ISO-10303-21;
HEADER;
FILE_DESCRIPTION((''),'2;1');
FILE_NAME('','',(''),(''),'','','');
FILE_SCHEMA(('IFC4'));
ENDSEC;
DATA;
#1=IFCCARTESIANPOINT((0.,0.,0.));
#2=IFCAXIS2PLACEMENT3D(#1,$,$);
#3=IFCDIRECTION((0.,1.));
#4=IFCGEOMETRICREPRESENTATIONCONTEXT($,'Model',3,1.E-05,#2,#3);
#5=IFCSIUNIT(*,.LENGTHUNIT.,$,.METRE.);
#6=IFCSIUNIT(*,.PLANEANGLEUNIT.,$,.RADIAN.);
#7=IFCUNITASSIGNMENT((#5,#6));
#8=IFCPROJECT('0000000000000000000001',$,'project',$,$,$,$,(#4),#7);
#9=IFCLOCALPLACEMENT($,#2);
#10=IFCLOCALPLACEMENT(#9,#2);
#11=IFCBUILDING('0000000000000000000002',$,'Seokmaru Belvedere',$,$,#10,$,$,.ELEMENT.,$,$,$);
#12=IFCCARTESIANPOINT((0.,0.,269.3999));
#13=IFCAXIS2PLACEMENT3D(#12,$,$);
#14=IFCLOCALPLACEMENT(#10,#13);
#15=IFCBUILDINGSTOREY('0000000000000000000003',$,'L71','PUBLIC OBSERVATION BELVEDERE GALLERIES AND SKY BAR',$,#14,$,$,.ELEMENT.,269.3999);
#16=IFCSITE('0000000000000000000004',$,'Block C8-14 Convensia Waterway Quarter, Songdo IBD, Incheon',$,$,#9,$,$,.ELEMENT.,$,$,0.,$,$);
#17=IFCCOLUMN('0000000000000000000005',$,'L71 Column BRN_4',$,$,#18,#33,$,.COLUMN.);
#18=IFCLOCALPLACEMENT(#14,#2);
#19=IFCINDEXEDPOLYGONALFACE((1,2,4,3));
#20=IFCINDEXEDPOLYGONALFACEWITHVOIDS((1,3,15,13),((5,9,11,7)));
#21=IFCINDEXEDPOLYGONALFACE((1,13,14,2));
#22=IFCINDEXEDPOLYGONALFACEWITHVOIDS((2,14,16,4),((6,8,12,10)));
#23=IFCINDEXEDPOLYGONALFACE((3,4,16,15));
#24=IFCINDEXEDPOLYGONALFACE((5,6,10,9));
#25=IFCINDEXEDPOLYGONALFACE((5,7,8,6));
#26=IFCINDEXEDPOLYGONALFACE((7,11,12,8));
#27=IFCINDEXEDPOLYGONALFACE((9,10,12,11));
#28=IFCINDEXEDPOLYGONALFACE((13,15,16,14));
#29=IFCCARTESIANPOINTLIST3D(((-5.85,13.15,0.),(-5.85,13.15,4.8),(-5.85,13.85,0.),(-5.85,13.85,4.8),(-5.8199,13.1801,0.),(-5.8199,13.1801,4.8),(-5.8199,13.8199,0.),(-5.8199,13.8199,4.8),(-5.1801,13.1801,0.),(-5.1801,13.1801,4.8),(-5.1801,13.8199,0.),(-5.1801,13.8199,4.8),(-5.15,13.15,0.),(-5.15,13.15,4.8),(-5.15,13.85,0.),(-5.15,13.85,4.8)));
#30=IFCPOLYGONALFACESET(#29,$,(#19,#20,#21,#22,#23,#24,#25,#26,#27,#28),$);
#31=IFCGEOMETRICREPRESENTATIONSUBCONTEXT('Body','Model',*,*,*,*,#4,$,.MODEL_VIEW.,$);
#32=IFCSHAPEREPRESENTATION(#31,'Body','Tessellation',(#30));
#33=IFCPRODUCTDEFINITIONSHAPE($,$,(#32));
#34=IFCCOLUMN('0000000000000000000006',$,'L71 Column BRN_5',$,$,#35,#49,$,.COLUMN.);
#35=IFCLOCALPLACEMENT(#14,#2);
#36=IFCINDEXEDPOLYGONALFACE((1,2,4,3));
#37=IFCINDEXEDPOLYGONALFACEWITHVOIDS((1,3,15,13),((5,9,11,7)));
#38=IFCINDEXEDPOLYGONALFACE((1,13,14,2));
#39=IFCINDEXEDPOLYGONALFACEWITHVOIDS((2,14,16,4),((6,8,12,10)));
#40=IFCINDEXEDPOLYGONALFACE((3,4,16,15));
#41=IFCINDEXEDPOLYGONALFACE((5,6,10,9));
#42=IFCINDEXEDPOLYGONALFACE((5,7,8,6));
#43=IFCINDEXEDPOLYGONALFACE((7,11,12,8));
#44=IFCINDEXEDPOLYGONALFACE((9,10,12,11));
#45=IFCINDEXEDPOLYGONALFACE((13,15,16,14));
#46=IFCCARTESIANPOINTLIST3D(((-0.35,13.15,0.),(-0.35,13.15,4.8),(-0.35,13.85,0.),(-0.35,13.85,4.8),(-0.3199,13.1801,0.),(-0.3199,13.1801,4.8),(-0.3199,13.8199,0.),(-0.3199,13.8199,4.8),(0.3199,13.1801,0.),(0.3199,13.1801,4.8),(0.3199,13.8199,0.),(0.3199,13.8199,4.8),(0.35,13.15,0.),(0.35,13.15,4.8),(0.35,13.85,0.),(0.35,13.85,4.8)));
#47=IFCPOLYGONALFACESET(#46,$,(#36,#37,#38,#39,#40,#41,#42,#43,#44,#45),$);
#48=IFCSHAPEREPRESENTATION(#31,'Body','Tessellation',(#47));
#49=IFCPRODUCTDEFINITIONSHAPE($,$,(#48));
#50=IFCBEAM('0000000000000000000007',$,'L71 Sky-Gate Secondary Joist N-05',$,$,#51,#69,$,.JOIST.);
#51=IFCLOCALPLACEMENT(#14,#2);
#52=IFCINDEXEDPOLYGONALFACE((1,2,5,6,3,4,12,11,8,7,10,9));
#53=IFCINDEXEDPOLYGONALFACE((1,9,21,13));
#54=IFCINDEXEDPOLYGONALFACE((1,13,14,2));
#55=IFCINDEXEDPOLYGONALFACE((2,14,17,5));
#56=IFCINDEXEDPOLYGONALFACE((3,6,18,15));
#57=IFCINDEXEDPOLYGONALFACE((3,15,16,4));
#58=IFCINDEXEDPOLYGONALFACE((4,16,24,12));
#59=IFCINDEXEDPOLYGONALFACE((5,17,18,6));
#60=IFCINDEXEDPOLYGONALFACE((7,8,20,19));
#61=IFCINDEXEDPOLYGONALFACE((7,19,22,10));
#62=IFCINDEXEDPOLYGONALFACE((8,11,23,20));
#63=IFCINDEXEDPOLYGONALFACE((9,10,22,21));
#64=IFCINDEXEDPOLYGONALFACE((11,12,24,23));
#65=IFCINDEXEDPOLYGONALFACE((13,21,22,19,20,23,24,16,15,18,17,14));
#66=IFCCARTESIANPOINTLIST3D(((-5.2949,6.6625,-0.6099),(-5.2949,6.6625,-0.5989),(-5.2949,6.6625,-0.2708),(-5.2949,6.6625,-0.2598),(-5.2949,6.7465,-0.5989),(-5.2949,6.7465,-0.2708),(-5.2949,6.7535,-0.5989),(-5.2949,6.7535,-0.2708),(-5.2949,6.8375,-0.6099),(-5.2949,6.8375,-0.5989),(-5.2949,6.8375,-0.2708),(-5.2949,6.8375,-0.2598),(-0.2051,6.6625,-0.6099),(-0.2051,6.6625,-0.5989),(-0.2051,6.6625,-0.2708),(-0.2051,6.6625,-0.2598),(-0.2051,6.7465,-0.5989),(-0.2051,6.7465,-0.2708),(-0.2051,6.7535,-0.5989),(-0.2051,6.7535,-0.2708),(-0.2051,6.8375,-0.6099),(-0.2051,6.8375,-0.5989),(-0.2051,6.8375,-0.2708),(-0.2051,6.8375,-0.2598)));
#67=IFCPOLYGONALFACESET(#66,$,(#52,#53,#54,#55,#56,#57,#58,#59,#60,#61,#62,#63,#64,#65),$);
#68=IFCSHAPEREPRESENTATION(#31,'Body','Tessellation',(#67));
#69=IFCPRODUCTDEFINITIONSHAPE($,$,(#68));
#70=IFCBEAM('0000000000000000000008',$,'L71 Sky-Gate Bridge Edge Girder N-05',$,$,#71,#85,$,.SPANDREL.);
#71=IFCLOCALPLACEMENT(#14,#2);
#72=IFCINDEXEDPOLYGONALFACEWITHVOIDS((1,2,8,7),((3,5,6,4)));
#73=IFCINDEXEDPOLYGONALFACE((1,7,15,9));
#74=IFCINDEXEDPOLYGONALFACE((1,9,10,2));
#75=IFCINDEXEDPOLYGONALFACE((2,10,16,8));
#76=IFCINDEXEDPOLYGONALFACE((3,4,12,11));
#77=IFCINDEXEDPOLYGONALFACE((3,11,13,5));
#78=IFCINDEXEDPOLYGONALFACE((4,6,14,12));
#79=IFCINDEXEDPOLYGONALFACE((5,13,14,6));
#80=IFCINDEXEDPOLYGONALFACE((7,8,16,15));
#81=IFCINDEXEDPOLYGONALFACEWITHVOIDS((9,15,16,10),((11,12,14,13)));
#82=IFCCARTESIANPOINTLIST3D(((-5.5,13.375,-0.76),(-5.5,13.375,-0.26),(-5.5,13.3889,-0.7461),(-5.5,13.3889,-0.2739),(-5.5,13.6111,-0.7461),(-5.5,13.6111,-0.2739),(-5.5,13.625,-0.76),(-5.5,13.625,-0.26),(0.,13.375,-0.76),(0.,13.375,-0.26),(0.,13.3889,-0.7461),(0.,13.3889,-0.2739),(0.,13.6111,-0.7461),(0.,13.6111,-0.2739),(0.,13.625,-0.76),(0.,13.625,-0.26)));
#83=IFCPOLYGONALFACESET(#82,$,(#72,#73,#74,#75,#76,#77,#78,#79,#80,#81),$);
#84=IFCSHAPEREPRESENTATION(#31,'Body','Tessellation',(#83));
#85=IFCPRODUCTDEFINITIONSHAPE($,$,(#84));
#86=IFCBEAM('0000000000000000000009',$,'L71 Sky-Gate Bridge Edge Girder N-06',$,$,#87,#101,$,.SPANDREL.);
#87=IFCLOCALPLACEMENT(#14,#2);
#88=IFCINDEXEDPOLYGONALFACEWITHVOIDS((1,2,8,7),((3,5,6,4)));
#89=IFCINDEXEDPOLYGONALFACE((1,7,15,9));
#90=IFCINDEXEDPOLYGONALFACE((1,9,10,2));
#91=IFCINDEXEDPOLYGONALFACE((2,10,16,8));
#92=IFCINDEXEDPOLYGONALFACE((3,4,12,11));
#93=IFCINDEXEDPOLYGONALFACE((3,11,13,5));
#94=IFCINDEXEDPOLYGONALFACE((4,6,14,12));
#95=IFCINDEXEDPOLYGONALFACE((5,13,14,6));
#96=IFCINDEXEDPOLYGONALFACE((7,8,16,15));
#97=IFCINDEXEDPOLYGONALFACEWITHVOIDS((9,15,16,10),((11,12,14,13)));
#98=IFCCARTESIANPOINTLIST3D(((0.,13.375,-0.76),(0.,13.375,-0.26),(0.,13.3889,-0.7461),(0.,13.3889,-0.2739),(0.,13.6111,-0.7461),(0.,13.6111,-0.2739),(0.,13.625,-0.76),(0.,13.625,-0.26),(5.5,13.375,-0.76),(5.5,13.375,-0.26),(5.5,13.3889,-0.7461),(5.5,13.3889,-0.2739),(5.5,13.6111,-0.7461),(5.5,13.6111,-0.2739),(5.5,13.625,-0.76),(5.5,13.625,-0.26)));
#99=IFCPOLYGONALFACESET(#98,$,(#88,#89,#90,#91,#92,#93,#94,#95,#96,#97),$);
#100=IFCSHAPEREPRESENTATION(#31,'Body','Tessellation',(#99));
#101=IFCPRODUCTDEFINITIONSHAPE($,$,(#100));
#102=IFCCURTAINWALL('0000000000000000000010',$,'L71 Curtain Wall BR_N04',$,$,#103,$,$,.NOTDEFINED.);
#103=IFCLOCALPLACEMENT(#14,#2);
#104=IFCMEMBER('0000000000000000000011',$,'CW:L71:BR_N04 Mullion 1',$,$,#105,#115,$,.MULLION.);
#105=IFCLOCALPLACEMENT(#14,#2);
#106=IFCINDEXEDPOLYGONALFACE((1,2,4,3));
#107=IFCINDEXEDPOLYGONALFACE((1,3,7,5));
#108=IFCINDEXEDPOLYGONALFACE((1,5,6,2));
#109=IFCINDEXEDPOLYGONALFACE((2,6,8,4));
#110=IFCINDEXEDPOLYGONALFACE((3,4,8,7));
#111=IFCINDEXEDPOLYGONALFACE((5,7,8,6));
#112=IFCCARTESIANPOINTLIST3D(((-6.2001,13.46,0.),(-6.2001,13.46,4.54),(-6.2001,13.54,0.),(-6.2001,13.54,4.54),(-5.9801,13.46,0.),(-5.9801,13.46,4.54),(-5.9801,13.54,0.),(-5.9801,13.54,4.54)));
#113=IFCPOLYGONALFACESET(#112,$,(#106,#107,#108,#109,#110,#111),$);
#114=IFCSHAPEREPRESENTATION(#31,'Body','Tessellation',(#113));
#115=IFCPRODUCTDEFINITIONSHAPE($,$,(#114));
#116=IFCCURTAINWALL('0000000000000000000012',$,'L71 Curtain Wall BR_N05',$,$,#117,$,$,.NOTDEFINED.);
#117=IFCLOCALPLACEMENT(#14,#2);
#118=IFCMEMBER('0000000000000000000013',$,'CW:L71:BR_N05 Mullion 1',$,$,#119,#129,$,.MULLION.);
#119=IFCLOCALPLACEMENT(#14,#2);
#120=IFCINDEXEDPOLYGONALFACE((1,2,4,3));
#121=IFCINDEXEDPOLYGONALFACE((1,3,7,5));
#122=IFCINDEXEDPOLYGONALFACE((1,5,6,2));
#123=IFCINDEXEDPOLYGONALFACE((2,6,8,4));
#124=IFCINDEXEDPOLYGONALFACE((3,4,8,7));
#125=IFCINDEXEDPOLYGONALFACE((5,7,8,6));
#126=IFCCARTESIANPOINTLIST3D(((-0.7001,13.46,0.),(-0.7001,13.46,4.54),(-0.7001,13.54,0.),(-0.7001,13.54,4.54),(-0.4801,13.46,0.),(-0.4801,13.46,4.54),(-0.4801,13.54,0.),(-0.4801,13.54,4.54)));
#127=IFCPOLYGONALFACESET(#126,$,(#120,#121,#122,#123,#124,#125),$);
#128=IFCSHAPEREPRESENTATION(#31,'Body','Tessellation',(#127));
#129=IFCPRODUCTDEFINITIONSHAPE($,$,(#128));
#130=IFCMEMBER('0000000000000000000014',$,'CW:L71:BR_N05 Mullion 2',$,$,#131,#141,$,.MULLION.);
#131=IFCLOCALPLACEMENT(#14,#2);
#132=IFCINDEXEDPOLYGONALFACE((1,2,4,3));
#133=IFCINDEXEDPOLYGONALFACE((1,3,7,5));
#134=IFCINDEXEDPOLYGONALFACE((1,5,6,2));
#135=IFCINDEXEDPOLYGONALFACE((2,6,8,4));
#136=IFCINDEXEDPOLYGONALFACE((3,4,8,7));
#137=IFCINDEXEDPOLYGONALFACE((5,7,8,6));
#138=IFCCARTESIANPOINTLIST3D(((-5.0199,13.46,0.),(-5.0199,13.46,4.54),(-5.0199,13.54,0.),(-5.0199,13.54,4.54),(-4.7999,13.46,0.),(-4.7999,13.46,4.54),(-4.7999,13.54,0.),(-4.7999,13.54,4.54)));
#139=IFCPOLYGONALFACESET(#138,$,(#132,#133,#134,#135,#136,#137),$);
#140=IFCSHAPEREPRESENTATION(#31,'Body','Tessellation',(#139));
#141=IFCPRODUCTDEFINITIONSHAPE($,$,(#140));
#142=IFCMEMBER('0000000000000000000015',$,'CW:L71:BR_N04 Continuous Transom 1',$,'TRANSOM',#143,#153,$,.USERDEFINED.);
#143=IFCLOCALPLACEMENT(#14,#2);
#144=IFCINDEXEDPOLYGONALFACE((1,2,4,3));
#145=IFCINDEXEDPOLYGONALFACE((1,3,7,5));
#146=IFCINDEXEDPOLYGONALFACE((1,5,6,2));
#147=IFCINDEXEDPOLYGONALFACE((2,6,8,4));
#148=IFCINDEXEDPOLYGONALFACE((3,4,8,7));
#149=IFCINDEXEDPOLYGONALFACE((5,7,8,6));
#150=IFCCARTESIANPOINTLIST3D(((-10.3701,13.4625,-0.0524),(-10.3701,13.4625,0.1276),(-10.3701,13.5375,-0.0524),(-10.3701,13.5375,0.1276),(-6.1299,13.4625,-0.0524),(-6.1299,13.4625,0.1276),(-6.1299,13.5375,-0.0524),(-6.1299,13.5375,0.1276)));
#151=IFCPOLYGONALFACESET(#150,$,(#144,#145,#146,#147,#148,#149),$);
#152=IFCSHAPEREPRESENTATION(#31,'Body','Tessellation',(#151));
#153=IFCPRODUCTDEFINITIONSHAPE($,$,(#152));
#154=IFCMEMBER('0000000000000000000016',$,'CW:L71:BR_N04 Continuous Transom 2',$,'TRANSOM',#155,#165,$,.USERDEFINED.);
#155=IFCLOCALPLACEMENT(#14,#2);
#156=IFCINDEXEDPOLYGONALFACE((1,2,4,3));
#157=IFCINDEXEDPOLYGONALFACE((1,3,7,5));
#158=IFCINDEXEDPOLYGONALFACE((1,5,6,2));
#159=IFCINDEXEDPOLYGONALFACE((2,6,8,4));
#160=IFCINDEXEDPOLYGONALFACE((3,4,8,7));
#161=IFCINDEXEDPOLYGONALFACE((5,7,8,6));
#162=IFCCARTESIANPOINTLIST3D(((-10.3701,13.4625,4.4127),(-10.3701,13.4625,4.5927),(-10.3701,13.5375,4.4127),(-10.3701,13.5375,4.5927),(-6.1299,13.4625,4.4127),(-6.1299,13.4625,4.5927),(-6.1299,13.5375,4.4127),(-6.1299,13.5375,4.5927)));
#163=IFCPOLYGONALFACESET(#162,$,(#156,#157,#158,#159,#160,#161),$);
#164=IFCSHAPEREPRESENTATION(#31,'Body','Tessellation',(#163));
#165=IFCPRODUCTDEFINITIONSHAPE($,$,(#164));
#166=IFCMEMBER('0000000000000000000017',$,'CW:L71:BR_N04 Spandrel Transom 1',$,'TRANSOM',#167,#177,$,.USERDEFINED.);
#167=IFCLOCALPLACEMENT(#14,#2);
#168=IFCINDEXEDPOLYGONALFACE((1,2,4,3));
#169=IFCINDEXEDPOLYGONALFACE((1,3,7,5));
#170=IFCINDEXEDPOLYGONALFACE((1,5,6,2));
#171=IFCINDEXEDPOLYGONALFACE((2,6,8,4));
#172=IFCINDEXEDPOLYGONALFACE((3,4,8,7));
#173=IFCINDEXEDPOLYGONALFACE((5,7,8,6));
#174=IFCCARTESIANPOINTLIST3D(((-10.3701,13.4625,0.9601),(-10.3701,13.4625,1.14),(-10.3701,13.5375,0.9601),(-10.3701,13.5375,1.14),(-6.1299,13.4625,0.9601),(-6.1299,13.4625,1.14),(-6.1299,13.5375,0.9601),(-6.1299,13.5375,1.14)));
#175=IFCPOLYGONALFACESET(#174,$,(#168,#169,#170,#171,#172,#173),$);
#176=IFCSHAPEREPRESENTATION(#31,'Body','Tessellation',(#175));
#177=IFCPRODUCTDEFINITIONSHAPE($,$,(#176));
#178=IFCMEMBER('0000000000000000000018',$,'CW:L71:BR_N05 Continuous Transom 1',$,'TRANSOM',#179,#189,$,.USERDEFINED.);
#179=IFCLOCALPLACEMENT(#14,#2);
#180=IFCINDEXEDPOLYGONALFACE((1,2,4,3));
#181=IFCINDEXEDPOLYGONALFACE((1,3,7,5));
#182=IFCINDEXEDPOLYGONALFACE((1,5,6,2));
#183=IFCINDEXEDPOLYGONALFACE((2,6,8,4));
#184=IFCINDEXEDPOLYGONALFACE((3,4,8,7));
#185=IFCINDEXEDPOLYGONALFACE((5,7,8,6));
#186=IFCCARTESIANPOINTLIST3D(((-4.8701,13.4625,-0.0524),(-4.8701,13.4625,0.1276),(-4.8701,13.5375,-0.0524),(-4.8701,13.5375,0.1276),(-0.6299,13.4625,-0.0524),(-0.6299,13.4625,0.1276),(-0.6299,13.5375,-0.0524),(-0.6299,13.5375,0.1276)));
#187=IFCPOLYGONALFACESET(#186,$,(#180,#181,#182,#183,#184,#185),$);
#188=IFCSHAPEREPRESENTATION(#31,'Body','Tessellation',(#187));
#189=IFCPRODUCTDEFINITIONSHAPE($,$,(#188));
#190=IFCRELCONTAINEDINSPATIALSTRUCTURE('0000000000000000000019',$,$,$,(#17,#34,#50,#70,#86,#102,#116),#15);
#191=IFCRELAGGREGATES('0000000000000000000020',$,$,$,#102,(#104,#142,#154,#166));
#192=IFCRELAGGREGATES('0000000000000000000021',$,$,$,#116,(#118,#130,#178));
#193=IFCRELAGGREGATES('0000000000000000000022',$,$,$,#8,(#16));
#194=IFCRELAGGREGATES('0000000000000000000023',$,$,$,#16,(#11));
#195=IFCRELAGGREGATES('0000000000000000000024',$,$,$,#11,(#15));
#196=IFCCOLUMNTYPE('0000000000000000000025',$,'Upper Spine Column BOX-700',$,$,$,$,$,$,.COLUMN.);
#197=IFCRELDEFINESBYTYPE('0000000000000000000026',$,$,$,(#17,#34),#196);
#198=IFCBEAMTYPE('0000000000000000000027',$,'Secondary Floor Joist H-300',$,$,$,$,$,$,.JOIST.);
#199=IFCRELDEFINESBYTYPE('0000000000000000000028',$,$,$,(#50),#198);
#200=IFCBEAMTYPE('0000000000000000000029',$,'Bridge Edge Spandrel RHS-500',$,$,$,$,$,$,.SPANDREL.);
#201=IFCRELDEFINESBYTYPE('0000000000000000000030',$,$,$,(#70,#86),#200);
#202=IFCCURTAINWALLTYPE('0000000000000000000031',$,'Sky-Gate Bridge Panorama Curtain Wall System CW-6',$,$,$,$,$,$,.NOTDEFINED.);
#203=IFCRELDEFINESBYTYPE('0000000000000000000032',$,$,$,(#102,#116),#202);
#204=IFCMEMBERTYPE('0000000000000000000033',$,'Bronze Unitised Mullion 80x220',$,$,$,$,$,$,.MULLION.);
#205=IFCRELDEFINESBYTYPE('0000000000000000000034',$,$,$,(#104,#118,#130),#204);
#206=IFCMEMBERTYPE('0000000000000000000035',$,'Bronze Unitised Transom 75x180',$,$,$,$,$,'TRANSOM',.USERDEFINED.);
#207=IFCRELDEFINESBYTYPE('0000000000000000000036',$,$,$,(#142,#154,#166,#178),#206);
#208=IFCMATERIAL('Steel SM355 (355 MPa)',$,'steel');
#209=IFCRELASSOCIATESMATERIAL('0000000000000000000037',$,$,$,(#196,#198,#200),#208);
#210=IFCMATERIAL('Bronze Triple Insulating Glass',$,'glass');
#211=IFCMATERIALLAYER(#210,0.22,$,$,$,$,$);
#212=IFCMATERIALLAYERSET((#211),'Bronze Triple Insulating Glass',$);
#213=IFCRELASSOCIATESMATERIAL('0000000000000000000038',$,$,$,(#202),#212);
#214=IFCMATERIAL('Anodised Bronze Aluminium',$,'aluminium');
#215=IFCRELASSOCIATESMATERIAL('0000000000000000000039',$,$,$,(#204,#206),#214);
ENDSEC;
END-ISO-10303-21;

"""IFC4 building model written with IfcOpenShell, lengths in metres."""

from ifc_helpers import new_model, si_unit, direction, frame, origin, origin_2d, place, context, subcontext, project, spatial, rectangle, hollow_rectangle, i_section, extrude, source, transform, mapped, material, layer, layer_set, material_profile, profile_set, type_object, type_shapes, element, aggregate, save


model = new_model("IFC4")

# Units and contexts
model_context = context("Model", 3, precision=1e-05, world=origin(), true_north=direction((0.0, 1.0)))
body_context = subcontext(model_context, "Body", "Model", "MODEL_VIEW")
ifc_project = project(units=[si_unit("LENGTHUNIT", "METRE"), si_unit("PLANEANGLEUNIT", "RADIAN")], contexts=[model_context])

# Site, building, storey
site_placement = place(None, origin())
site = spatial("IfcSite", under=ifc_project, at=site_placement, Name="Block C8-14 Convensia Waterway Quarter, Songdo IBD, Incheon", CompositionType="ELEMENT", RefElevation=0.0)
building_placement = place(site_placement, origin())
building = spatial("IfcBuilding", under=site, at=building_placement, Name="Seokmaru Belvedere", CompositionType="ELEMENT")
storey_placement = place(building_placement, frame((0.0, 0.0, 269.3999)))
storey = spatial("IfcBuildingStorey", under=building, at=storey_placement, Name="L71", Description="PUBLIC OBSERVATION BELVEDERE GALLERIES AND SKY BAR", CompositionType="ELEMENT", Elevation=269.3999)

# Columns
ifc_material_1 = material(Name="Steel SM355 (355 MPa)", Category="steel")
ifc_material_profile_1 = material_profile(ifc_material_1, hollow_rectangle(XDim=0.7, YDim=0.7, WallThickness=0.03, at=origin_2d()), Name="BOX-700x700x30")
ifc_profile_set_1 = profile_set([ifc_material_profile_1], Name="Steel SM355 (355 MPa)")
column_type = type_object("IfcColumnType", Name="Upper Spine Column BOX-700", PredefinedType="COLUMN", material=ifc_profile_set_1)
shared_shape_1 = source(origin(), body_context, "Body", "SweptSolid", [
    extrude(hollow_rectangle(XDim=0.7, YDim=0.7, WallThickness=0.03, at=origin_2d()), origin(), (0.0, 0.0, 1.0), 4.8),
])
type_shapes(column_type, [shared_shape_1])
for number, where, z_axis, x_axis, name in (
    (1, (-5.5, 13.5, 0.0), (0.0, 0.0, 1.0), (1.0, 0.0, 0.0), "L71 Column BRN_4"),
    (2, (0.0, 13.5, 0.0), (0.0, 0.0, 1.0), (1.0, 0.0, 0.0), "L71 Column BRN_5"),
):
    element("IfcColumn", number, at=place(storey_placement, frame(where, z_axis=z_axis, x_axis=x_axis)), inside=storey, type_object=column_type, Name=name, PredefinedType="COLUMN", context=body_context, shape_type="MappedRepresentation", body=[
        mapped(shared_shape_1, transform((0.0, 0.0, 0.0), scale=1.0)),
    ])

# Beams
ifc_material_profile_2 = material_profile(ifc_material_1, i_section(OverallWidth=0.175, OverallDepth=0.3501, WebThickness=0.0071, FlangeThickness=0.011, at=origin_2d()), Name="H-350x175x7x11")
ifc_profile_set_2 = profile_set([ifc_material_profile_2], Name="Steel SM355 (355 MPa)")
beam_type_1 = type_object("IfcBeamType", Name="Secondary Floor Joist H-300", PredefinedType="JOIST", material=ifc_profile_set_2)
shared_shape_2 = source(origin(), body_context, "Body", "SweptSolid", [
    extrude(i_section(OverallWidth=0.175, OverallDepth=0.3501, WebThickness=0.0071, FlangeThickness=0.011, at=origin_2d()), origin(), (0.0, 0.0, 1.0), 5.0898),
])
type_shapes(beam_type_1, [shared_shape_2])
beam_placement = place(storey_placement, frame((-5.2949, 6.75, -0.4348), z_axis=(1.0, 0.0, 0.0), x_axis=(0.0, 1.0, 0.0)))
element("IfcBeam", 3, at=beam_placement, inside=storey, type_object=beam_type_1, Name="L71 Sky-Gate Secondary Joist N-05", PredefinedType="JOIST", context=body_context, shape_type="MappedRepresentation", body=[
    mapped(shared_shape_2, transform((0.0, 0.0, 0.0), scale=1.0)),
])
ifc_material_profile_3 = material_profile(ifc_material_1, hollow_rectangle(XDim=0.25, YDim=0.5, WallThickness=0.0139, at=origin_2d()), Name="RHS-500x250x14")
ifc_profile_set_3 = profile_set([ifc_material_profile_3], Name="Steel SM355 (355 MPa)")
beam_type_2 = type_object("IfcBeamType", Name="Bridge Edge Spandrel RHS-500", PredefinedType="SPANDREL", material=ifc_profile_set_3)
shared_shape_3 = source(origin(), body_context, "Body", "SweptSolid", [
    extrude(hollow_rectangle(XDim=0.25, YDim=0.5, WallThickness=0.0139, at=origin_2d()), origin(), (0.0, 0.0, 1.0), 5.5),
])
type_shapes(beam_type_2, [shared_shape_3])
for number, where, z_axis, x_axis, name in (
    (4, (-5.5, 13.5, -0.51), (1.0, 0.0, 0.0), (0.0, 1.0, 0.0), "L71 Sky-Gate Bridge Edge Girder N-05"),
    (5, (0.0, 13.5, -0.51), (1.0, 0.0, 0.0), (0.0, 1.0, 0.0), "L71 Sky-Gate Bridge Edge Girder N-06"),
):
    element("IfcBeam", number, at=place(storey_placement, frame(where, z_axis=z_axis, x_axis=x_axis)), inside=storey, type_object=beam_type_2, Name=name, PredefinedType="SPANDREL", context=body_context, shape_type="MappedRepresentation", body=[
        mapped(shared_shape_3, transform((0.0, 0.0, 0.0), scale=1.0)),
    ])

# Curtain wall, member
ifc_material_2 = material(Name="Bronze Triple Insulating Glass", Category="glass")
ifc_layer_1 = layer(ifc_material_2, 0.22)
ifc_layer_set_1 = layer_set([ifc_layer_1], Name="Bronze Triple Insulating Glass")
curtain_wall_type = type_object("IfcCurtainWallType", Name="Sky-Gate Bridge Panorama Curtain Wall System CW-6", PredefinedType="NOTDEFINED", material=ifc_layer_set_1)
curtain_wall_1_placement = place(storey_placement, origin())
curtain_wall_1 = element("IfcCurtainWall", 6, at=curtain_wall_1_placement, inside=storey, type_object=curtain_wall_type, Name="L71 Curtain Wall BR_N04", PredefinedType="NOTDEFINED")
ifc_material_3 = material(Name="Anodised Bronze Aluminium", Category="aluminium")
ifc_material_profile_4 = material_profile(ifc_material_3, rectangle(XDim=0.0801, YDim=0.22, at=origin_2d()), Name="CW-M-80x220")
ifc_profile_set_4 = profile_set([ifc_material_profile_4], Name="Anodised Bronze Aluminium")
member_type_1 = type_object("IfcMemberType", Name="Bronze Unitised Mullion 80x220", PredefinedType="MULLION", material=ifc_profile_set_4)
shared_shape_4 = source(origin(), body_context, "Body", "SweptSolid", [
    extrude(rectangle(XDim=0.0801, YDim=0.22, at=origin_2d()), origin(), (0.0, 0.0, 1.0), 4.54),
])
type_shapes(member_type_1, [shared_shape_4])
member_1_placement = place(storey_placement, frame((-6.0901, 13.5, 0.0), z_axis=(0.0, 0.0, 1.0), x_axis=(0.0, -1.0, 0.0)))
member_1 = element("IfcMember", 7, at=member_1_placement, type_object=member_type_1, Name="CW:L71:BR_N04 Mullion 1", PredefinedType="MULLION", context=body_context, shape_type="MappedRepresentation", body=[
    mapped(shared_shape_4, transform((0.0, 0.0, 0.0), scale=1.0)),
])

# Curtain wall, members
curtain_wall_2_placement = place(storey_placement, origin())
curtain_wall_2 = element("IfcCurtainWall", 8, at=curtain_wall_2_placement, inside=storey, type_object=curtain_wall_type, Name="L71 Curtain Wall BR_N05", PredefinedType="NOTDEFINED")
member_2_placement = place(storey_placement, frame((-0.5901, 13.5, 0.0), z_axis=(0.0, 0.0, 1.0), x_axis=(0.0, -1.0, 0.0)))
member_2 = element("IfcMember", 9, at=member_2_placement, type_object=member_type_1, Name="CW:L71:BR_N05 Mullion 1", PredefinedType="MULLION", context=body_context, shape_type="MappedRepresentation", body=[
    mapped(shared_shape_4, transform((0.0, 0.0, 0.0), scale=1.0)),
])
member_3_placement = place(storey_placement, frame((-4.9099, 13.5, 0.0), z_axis=(0.0, 0.0, 1.0), x_axis=(0.0, -1.0, 0.0)))
member_3 = element("IfcMember", 10, at=member_3_placement, type_object=member_type_1, Name="CW:L71:BR_N05 Mullion 2", PredefinedType="MULLION", context=body_context, shape_type="MappedRepresentation", body=[
    mapped(shared_shape_4, transform((0.0, 0.0, 0.0), scale=1.0)),
])

# Members
ifc_material_profile_5 = material_profile(ifc_material_3, rectangle(XDim=0.075, YDim=0.1799, at=origin_2d()), Name="CW-T-75x180")
ifc_profile_set_5 = profile_set([ifc_material_profile_5], Name="Anodised Bronze Aluminium")
member_type_2 = type_object("IfcMemberType", Name="Bronze Unitised Transom 75x180", ElementType="TRANSOM", PredefinedType="USERDEFINED", material=ifc_profile_set_5)
shared_shape_5 = source(origin(), body_context, "Body", "SweptSolid", [
    extrude(rectangle(XDim=0.075, YDim=0.1799, at=origin_2d()), origin(), (0.0, 0.0, 1.0), 4.2402),
])
type_shapes(member_type_2, [shared_shape_5])
member_4_placement = place(storey_placement, frame((-6.1299, 13.5, 0.0376), z_axis=(-1.0, 0.0, 0.0), x_axis=(0.0, -1.0, 0.0)))
member_4 = element("IfcMember", 11, at=member_4_placement, type_object=member_type_2, Name="CW:L71:BR_N04 Continuous Transom 1", ObjectType="TRANSOM", PredefinedType="USERDEFINED", context=body_context, shape_type="MappedRepresentation", body=[
    mapped(shared_shape_5, transform((0.0, 0.0, 0.0), scale=1.0)),
])
member_5_placement = place(storey_placement, frame((-6.1299, 13.5, 4.5027), z_axis=(-1.0, 0.0, 0.0), x_axis=(0.0, -1.0, 0.0)))
member_5 = element("IfcMember", 12, at=member_5_placement, type_object=member_type_2, Name="CW:L71:BR_N04 Continuous Transom 2", ObjectType="TRANSOM", PredefinedType="USERDEFINED", context=body_context, shape_type="MappedRepresentation", body=[
    mapped(shared_shape_5, transform((0.0, 0.0, 0.0), scale=1.0)),
])
member_6_placement = place(storey_placement, frame((-6.1299, 13.5, 1.05), z_axis=(-1.0, 0.0, 0.0), x_axis=(0.0, -1.0, 0.0)))
member_6 = element("IfcMember", 13, at=member_6_placement, type_object=member_type_2, Name="CW:L71:BR_N04 Spandrel Transom 1", ObjectType="TRANSOM", PredefinedType="USERDEFINED", context=body_context, shape_type="MappedRepresentation", body=[
    mapped(shared_shape_5, transform((0.0, 0.0, 0.0), scale=1.0)),
])
member_7_placement = place(storey_placement, frame((-0.6299, 13.5, 0.0376), z_axis=(-1.0, 0.0, 0.0), x_axis=(0.0, -1.0, 0.0)))
member_7 = element("IfcMember", 14, at=member_7_placement, type_object=member_type_2, Name="CW:L71:BR_N05 Continuous Transom 1", ObjectType="TRANSOM", PredefinedType="USERDEFINED", context=body_context, shape_type="MappedRepresentation", body=[
    mapped(shared_shape_5, transform((0.0, 0.0, 0.0), scale=1.0)),
])

aggregate(curtain_wall_1, [member_1, member_4, member_5, member_6])
aggregate(curtain_wall_2, [member_2, member_3, member_7])

save(model, "model.ifc")
